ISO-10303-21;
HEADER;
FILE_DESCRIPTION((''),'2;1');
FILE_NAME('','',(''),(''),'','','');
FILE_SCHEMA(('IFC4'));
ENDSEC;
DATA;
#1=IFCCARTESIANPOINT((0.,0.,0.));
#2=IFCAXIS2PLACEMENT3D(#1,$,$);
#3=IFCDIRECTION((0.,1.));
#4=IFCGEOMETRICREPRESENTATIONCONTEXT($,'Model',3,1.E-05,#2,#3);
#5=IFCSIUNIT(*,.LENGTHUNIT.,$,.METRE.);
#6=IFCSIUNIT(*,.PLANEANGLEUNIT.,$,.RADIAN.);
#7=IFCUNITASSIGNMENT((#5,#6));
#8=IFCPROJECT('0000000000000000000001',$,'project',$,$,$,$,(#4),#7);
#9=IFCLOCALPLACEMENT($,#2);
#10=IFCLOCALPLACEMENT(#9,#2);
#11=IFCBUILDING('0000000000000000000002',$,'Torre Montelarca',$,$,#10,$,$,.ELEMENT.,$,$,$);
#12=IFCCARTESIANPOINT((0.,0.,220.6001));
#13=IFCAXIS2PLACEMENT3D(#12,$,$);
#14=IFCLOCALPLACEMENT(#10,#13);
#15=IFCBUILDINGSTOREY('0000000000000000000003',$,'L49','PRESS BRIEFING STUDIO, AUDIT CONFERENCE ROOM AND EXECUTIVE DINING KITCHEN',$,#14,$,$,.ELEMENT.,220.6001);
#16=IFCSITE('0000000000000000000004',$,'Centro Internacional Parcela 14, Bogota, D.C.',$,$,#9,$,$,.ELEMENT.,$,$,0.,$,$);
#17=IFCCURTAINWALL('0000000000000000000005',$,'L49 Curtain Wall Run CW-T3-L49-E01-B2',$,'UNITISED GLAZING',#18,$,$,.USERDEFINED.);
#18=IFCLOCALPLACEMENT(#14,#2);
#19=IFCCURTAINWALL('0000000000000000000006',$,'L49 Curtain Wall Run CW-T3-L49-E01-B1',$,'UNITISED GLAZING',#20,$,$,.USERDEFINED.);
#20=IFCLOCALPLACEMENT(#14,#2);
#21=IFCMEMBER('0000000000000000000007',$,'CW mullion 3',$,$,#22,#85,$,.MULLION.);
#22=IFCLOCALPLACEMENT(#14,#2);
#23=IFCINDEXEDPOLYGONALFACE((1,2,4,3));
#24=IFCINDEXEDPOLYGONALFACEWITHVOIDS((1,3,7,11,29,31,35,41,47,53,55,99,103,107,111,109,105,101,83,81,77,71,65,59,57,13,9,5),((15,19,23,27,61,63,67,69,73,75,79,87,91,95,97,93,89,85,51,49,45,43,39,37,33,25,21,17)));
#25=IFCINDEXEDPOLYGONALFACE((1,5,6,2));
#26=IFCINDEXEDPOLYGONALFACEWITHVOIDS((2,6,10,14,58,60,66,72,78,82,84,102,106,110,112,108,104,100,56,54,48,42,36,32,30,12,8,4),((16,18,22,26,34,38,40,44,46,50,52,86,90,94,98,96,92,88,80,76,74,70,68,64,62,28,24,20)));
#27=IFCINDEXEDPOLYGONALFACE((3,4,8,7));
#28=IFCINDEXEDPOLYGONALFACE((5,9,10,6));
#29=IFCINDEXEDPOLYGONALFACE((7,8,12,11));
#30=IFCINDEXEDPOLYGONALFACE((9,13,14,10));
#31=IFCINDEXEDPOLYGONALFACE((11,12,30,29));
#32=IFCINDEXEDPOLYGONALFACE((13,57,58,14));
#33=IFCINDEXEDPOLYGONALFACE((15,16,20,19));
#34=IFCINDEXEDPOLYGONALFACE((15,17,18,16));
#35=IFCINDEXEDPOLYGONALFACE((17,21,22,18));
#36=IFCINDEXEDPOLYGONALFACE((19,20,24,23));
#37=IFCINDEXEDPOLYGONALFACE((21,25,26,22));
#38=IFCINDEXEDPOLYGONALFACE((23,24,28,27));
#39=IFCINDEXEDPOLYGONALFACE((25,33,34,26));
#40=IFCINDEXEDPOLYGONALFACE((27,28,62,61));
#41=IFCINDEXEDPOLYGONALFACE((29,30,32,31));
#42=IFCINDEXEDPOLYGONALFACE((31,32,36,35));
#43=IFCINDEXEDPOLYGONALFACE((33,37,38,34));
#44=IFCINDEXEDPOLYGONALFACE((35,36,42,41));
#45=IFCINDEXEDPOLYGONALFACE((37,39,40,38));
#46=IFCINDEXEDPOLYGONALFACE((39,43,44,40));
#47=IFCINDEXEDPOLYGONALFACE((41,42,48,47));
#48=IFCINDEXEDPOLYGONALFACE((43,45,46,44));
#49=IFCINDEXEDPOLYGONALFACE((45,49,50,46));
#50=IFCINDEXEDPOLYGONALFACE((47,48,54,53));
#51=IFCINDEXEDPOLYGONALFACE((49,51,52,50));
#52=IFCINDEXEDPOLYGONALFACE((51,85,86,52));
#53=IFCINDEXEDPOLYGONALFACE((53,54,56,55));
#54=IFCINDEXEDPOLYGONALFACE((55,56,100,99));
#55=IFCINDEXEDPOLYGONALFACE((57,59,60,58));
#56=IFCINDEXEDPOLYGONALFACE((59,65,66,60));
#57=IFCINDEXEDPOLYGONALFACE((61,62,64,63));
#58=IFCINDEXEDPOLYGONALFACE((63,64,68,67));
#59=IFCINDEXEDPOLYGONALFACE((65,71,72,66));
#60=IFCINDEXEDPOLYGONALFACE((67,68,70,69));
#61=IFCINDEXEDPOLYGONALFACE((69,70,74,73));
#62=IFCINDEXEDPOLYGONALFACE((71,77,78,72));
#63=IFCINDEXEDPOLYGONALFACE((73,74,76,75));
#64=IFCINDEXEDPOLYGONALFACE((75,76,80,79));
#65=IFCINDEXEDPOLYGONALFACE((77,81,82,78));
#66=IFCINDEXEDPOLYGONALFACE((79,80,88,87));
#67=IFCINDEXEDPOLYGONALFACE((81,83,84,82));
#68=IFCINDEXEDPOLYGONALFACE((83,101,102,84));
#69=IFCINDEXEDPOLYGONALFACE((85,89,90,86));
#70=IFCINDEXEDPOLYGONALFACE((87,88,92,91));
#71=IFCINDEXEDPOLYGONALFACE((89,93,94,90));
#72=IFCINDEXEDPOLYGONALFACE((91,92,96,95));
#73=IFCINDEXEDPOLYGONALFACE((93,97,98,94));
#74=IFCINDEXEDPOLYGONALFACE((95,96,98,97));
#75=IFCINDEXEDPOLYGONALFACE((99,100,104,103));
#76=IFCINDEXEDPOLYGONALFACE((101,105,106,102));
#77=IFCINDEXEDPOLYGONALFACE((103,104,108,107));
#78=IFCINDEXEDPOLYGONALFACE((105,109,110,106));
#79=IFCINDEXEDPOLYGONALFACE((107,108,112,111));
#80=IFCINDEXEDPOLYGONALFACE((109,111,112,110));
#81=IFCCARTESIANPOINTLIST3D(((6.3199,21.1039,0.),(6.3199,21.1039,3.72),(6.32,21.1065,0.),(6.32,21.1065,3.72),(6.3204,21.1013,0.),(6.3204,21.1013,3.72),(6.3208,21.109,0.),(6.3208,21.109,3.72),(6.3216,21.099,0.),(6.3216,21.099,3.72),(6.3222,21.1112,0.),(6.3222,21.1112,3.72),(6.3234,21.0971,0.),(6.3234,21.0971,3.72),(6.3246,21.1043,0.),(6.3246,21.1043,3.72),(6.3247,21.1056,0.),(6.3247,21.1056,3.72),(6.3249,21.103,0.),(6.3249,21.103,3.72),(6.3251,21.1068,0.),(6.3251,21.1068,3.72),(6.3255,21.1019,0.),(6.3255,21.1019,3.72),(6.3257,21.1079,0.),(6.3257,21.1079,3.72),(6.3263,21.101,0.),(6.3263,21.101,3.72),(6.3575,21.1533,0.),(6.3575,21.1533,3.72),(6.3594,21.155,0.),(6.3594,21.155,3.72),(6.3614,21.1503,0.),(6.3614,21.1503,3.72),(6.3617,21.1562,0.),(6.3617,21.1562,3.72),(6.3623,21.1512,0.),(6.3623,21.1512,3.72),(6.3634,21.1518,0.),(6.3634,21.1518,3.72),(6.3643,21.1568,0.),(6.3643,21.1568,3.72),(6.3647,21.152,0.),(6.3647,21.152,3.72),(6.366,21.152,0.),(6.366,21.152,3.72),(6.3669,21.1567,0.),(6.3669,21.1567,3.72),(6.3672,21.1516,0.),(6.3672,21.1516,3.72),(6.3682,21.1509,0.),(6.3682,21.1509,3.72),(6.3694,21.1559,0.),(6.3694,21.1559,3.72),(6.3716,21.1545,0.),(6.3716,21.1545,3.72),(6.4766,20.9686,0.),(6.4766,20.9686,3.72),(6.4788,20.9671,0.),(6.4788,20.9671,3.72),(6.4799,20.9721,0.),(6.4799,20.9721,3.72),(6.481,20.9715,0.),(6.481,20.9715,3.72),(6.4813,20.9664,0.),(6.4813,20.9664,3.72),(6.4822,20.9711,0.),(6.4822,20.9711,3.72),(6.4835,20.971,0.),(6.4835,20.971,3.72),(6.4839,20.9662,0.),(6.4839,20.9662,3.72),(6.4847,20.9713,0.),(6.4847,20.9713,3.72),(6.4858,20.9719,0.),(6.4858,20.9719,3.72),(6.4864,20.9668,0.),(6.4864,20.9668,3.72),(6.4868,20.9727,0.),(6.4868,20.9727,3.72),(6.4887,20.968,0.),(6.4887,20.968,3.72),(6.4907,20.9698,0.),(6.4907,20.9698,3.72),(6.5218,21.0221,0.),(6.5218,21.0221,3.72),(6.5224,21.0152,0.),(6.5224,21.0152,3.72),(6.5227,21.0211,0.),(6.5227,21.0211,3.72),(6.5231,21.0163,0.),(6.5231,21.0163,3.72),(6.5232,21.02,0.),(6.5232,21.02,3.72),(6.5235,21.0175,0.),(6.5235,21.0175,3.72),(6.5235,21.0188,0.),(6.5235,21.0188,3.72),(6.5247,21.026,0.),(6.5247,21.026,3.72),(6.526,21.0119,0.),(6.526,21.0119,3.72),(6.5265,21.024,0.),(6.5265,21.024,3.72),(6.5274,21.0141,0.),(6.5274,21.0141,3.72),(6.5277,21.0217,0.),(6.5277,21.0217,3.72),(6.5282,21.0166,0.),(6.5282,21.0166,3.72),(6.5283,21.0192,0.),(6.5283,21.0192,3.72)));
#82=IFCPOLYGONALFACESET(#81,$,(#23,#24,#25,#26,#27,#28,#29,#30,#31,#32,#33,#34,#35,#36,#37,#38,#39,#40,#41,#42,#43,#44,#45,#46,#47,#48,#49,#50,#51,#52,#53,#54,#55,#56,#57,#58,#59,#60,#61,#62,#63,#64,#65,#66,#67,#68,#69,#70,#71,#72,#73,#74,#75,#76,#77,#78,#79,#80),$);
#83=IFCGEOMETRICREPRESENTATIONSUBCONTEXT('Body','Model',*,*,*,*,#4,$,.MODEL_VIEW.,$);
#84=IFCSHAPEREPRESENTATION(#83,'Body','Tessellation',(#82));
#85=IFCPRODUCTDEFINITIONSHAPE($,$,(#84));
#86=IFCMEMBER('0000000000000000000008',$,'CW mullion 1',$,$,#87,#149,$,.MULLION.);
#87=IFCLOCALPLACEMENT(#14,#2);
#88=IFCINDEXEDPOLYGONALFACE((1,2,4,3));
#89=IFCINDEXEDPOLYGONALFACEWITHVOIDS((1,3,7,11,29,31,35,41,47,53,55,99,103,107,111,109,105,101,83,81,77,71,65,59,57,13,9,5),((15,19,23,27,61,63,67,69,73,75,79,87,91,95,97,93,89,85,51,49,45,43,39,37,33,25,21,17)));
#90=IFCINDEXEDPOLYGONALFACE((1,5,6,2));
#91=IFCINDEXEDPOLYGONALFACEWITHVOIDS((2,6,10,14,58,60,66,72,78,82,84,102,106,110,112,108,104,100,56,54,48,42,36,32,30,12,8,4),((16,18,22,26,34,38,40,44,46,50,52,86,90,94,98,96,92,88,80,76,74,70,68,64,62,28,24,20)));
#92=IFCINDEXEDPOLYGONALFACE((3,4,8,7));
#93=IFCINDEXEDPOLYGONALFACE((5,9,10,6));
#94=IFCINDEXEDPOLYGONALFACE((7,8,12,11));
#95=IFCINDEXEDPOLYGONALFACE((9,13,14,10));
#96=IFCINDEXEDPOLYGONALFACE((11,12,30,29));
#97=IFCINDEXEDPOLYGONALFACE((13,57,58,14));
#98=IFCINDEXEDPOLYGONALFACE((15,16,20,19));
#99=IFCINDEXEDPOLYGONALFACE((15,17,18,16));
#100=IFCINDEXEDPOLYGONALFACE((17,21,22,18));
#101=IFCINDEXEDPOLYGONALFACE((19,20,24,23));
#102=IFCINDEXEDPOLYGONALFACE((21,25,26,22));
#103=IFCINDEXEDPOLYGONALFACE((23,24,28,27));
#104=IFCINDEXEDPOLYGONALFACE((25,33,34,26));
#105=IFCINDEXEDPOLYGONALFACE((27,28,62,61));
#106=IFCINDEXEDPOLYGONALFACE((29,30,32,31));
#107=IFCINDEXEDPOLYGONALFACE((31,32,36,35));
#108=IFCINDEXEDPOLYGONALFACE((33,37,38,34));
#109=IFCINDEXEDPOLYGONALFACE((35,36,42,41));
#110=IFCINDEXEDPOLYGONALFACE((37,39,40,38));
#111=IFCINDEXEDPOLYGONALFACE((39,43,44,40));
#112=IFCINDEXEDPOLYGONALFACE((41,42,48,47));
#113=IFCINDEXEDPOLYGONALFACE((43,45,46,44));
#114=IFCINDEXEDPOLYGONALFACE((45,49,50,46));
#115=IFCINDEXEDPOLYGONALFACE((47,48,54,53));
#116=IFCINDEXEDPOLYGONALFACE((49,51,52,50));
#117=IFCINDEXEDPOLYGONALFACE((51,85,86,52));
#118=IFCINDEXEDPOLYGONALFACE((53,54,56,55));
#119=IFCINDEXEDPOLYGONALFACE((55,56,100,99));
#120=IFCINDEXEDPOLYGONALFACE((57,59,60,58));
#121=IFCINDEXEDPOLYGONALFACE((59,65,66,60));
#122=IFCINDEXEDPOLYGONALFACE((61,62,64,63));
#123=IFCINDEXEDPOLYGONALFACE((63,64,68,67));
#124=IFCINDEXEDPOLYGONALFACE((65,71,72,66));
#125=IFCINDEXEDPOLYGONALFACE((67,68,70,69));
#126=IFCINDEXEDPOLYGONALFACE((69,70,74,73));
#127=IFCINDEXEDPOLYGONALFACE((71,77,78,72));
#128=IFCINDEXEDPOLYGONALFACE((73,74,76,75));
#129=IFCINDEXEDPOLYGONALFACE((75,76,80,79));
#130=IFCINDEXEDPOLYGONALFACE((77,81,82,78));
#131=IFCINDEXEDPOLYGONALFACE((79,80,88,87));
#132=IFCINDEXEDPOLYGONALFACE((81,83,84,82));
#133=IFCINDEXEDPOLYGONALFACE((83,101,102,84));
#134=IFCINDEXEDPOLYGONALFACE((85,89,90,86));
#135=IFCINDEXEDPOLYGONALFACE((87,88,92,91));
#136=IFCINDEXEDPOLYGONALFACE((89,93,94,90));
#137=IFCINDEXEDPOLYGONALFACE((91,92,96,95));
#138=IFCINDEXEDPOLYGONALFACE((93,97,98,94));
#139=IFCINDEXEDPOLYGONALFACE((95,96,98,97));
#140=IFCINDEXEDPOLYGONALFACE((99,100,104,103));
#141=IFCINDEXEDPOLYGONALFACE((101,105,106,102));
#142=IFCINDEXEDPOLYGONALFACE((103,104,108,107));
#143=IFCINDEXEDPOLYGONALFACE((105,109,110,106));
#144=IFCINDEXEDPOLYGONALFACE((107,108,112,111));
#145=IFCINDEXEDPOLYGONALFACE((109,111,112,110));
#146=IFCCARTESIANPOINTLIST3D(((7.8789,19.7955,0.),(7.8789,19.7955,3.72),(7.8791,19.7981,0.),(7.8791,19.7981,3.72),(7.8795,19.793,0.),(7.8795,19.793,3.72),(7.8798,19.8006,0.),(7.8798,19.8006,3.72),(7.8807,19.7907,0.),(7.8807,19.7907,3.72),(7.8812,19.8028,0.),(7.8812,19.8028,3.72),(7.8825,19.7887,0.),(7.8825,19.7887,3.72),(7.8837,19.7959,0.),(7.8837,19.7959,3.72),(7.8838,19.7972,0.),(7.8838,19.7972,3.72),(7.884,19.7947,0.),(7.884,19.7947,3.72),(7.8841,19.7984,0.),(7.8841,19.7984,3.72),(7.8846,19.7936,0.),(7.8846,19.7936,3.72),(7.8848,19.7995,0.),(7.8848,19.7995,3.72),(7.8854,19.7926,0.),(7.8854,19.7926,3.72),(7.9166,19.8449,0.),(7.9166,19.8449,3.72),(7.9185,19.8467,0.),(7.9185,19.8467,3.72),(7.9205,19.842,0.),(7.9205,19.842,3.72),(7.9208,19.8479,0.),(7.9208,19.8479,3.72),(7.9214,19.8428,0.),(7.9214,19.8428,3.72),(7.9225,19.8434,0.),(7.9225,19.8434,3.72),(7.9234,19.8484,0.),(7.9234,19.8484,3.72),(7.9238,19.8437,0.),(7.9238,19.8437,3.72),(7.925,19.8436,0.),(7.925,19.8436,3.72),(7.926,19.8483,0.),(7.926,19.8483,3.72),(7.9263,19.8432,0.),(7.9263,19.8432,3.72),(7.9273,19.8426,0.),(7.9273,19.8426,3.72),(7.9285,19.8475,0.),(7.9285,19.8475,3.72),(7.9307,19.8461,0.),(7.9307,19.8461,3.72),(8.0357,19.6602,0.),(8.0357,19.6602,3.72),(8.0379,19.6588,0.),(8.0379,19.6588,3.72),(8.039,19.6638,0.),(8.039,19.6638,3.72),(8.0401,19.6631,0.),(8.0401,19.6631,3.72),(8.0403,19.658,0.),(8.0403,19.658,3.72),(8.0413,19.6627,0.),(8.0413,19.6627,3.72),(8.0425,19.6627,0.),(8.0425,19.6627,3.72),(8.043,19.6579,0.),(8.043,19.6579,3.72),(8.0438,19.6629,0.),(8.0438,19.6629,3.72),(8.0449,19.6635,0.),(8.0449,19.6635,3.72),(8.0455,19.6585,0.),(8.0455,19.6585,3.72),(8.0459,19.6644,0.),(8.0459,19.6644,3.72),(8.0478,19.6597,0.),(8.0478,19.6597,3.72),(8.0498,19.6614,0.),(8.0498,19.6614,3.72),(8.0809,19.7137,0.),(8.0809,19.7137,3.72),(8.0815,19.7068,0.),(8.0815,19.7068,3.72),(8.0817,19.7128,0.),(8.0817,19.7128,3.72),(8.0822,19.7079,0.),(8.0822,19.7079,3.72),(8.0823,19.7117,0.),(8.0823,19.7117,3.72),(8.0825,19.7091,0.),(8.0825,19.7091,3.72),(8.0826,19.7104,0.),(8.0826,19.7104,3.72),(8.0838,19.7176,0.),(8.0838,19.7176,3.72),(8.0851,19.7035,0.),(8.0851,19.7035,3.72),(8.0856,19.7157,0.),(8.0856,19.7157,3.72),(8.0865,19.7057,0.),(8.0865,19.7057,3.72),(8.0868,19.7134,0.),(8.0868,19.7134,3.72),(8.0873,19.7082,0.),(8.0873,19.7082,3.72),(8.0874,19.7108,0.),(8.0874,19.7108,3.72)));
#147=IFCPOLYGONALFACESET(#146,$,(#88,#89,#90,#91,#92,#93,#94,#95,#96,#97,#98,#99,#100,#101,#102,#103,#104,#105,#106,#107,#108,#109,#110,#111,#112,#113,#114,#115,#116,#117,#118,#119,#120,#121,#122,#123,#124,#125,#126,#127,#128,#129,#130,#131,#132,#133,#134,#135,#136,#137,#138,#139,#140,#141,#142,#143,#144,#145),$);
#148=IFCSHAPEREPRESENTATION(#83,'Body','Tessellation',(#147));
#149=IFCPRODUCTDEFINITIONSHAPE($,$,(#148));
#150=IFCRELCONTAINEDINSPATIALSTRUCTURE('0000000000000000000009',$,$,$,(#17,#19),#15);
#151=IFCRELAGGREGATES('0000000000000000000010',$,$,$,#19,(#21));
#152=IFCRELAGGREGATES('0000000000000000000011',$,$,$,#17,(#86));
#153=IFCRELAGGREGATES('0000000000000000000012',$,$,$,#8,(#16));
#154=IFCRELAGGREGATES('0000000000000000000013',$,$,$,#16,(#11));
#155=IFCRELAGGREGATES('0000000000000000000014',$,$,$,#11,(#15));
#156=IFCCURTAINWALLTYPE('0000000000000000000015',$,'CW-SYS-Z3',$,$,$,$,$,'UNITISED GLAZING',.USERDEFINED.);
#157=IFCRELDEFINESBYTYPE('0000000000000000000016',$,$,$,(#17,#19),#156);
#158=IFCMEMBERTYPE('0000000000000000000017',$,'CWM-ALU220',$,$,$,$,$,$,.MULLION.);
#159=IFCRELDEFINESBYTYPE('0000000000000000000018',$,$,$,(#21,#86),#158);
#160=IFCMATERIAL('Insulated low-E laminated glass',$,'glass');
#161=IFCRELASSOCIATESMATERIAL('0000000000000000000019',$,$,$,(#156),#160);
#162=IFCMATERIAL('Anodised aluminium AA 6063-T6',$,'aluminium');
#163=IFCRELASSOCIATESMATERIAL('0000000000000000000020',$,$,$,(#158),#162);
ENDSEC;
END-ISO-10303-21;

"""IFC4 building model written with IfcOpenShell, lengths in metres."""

from ifc_helpers import new_model, si_unit, direction, frame, origin, origin_2d, place, context, subcontext, project, spatial, hollow_rectangle, extrude, source, transform, mapped, material, material_profile, profile_set, type_object, element, aggregate, save


model = new_model("IFC4")

# Units and contexts
model_context = context("Model", 3, precision=1e-05, world=origin(), true_north=direction((0.0, 1.0)))
body_context = subcontext(model_context, "Body", "Model", "MODEL_VIEW")
ifc_project = project(units=[si_unit("LENGTHUNIT", "METRE"), si_unit("PLANEANGLEUNIT", "RADIAN")], contexts=[model_context])

# Site, building, storey
site_placement = place(None, origin())
site = spatial("IfcSite", under=ifc_project, at=site_placement, Name="Centro Internacional Parcela 14, Bogota, D.C.", CompositionType="ELEMENT", RefElevation=0.0)
building_placement = place(site_placement, origin())
building = spatial("IfcBuilding", under=site, at=building_placement, Name="Torre Montelarca", CompositionType="ELEMENT")
storey_placement = place(building_placement, frame((0.0, 0.0, 220.6001)))
storey = spatial("IfcBuildingStorey", under=building, at=storey_placement, Name="L49", Description="PRESS BRIEFING STUDIO, AUDIT CONFERENCE ROOM AND EXECUTIVE DINING KITCHEN", CompositionType="ELEMENT", Elevation=220.6001)

# Curtain wall
ifc_material_1 = material(Name="Insulated low-E laminated glass", Category="glass")
curtain_wall_type = type_object("IfcCurtainWallType", Name="CW-SYS-Z3", ElementType="UNITISED GLAZING", PredefinedType="USERDEFINED", material=ifc_material_1)
curtain_wall_1_placement = place(storey_placement, origin())
curtain_wall_1 = element("IfcCurtainWall", 1, at=curtain_wall_1_placement, inside=storey, type_object=curtain_wall_type, Name="L49 Curtain Wall Run CW-T3-L49-E01-B2", ObjectType="UNITISED GLAZING", PredefinedType="USERDEFINED")
ifc_material_2 = material(Name="Anodised aluminium AA 6063-T6", Category="aluminium")

# Curtain wall, member
curtain_wall_2_placement = place(storey_placement, origin())
curtain_wall_2 = element("IfcCurtainWall", 2, at=curtain_wall_2_placement, inside=storey, type_object=curtain_wall_type, Name="L49 Curtain Wall Run CW-T3-L49-E01-B1", ObjectType="UNITISED GLAZING", PredefinedType="USERDEFINED")
ifc_material_profile_1 = material_profile(ifc_material_2, hollow_rectangle(XDim=0.075, YDim=0.22, WallThickness=0.0049, InnerFilletRadius=0.0049, OuterFilletRadius=0.01, at=origin_2d()), Name="ALU75X220X5", Category="aluminium")
ifc_profile_set_1 = profile_set([ifc_material_profile_1], Name="Anodised aluminium AA 6063-T6")
member_type_1 = type_object("IfcMemberType", Name="CWM-ALU220", PredefinedType="MULLION", material=ifc_profile_set_1)
shared_shape_1 = source(origin(), body_context, "Body", "SweptSolid", [
    extrude(hollow_rectangle(XDim=0.075, YDim=0.22, WallThickness=0.0049, InnerFilletRadius=0.0049, OuterFilletRadius=0.01, at=origin_2d()), origin(), (0.0, 0.0, 1.0), 3.72),
])
member_1_placement = place(storey_placement, frame((6.4241, 21.0615, 0.0), z_axis=(0.0, 0.0, 1.0), x_axis=(0.642789, 0.766043, 0.0)))
member_1 = element("IfcMember", 3, at=member_1_placement, type_object=member_type_1, Name="CW mullion 3", PredefinedType="MULLION", context=body_context, shape_type="MappedRepresentation", body=[
    mapped(shared_shape_1, transform((0.0, 0.0, 0.0), scale=1.0)),
])
aggregate(curtain_wall_2, [member_1])

# Member
member_2_placement = place(storey_placement, frame((7.9832, 19.7532, 0.0), z_axis=(0.0, 0.0, 1.0), x_axis=(0.642786, 0.766046, 0.0)))
member_2 = element("IfcMember", 4, at=member_2_placement, type_object=member_type_1, Name="CW mullion 1", PredefinedType="MULLION", context=body_context, shape_type="MappedRepresentation", body=[
    mapped(shared_shape_1, transform((0.0, 0.0, 0.0), scale=1.0)),
])

aggregate(curtain_wall_1, [member_2])

save(model, "model.ifc")
